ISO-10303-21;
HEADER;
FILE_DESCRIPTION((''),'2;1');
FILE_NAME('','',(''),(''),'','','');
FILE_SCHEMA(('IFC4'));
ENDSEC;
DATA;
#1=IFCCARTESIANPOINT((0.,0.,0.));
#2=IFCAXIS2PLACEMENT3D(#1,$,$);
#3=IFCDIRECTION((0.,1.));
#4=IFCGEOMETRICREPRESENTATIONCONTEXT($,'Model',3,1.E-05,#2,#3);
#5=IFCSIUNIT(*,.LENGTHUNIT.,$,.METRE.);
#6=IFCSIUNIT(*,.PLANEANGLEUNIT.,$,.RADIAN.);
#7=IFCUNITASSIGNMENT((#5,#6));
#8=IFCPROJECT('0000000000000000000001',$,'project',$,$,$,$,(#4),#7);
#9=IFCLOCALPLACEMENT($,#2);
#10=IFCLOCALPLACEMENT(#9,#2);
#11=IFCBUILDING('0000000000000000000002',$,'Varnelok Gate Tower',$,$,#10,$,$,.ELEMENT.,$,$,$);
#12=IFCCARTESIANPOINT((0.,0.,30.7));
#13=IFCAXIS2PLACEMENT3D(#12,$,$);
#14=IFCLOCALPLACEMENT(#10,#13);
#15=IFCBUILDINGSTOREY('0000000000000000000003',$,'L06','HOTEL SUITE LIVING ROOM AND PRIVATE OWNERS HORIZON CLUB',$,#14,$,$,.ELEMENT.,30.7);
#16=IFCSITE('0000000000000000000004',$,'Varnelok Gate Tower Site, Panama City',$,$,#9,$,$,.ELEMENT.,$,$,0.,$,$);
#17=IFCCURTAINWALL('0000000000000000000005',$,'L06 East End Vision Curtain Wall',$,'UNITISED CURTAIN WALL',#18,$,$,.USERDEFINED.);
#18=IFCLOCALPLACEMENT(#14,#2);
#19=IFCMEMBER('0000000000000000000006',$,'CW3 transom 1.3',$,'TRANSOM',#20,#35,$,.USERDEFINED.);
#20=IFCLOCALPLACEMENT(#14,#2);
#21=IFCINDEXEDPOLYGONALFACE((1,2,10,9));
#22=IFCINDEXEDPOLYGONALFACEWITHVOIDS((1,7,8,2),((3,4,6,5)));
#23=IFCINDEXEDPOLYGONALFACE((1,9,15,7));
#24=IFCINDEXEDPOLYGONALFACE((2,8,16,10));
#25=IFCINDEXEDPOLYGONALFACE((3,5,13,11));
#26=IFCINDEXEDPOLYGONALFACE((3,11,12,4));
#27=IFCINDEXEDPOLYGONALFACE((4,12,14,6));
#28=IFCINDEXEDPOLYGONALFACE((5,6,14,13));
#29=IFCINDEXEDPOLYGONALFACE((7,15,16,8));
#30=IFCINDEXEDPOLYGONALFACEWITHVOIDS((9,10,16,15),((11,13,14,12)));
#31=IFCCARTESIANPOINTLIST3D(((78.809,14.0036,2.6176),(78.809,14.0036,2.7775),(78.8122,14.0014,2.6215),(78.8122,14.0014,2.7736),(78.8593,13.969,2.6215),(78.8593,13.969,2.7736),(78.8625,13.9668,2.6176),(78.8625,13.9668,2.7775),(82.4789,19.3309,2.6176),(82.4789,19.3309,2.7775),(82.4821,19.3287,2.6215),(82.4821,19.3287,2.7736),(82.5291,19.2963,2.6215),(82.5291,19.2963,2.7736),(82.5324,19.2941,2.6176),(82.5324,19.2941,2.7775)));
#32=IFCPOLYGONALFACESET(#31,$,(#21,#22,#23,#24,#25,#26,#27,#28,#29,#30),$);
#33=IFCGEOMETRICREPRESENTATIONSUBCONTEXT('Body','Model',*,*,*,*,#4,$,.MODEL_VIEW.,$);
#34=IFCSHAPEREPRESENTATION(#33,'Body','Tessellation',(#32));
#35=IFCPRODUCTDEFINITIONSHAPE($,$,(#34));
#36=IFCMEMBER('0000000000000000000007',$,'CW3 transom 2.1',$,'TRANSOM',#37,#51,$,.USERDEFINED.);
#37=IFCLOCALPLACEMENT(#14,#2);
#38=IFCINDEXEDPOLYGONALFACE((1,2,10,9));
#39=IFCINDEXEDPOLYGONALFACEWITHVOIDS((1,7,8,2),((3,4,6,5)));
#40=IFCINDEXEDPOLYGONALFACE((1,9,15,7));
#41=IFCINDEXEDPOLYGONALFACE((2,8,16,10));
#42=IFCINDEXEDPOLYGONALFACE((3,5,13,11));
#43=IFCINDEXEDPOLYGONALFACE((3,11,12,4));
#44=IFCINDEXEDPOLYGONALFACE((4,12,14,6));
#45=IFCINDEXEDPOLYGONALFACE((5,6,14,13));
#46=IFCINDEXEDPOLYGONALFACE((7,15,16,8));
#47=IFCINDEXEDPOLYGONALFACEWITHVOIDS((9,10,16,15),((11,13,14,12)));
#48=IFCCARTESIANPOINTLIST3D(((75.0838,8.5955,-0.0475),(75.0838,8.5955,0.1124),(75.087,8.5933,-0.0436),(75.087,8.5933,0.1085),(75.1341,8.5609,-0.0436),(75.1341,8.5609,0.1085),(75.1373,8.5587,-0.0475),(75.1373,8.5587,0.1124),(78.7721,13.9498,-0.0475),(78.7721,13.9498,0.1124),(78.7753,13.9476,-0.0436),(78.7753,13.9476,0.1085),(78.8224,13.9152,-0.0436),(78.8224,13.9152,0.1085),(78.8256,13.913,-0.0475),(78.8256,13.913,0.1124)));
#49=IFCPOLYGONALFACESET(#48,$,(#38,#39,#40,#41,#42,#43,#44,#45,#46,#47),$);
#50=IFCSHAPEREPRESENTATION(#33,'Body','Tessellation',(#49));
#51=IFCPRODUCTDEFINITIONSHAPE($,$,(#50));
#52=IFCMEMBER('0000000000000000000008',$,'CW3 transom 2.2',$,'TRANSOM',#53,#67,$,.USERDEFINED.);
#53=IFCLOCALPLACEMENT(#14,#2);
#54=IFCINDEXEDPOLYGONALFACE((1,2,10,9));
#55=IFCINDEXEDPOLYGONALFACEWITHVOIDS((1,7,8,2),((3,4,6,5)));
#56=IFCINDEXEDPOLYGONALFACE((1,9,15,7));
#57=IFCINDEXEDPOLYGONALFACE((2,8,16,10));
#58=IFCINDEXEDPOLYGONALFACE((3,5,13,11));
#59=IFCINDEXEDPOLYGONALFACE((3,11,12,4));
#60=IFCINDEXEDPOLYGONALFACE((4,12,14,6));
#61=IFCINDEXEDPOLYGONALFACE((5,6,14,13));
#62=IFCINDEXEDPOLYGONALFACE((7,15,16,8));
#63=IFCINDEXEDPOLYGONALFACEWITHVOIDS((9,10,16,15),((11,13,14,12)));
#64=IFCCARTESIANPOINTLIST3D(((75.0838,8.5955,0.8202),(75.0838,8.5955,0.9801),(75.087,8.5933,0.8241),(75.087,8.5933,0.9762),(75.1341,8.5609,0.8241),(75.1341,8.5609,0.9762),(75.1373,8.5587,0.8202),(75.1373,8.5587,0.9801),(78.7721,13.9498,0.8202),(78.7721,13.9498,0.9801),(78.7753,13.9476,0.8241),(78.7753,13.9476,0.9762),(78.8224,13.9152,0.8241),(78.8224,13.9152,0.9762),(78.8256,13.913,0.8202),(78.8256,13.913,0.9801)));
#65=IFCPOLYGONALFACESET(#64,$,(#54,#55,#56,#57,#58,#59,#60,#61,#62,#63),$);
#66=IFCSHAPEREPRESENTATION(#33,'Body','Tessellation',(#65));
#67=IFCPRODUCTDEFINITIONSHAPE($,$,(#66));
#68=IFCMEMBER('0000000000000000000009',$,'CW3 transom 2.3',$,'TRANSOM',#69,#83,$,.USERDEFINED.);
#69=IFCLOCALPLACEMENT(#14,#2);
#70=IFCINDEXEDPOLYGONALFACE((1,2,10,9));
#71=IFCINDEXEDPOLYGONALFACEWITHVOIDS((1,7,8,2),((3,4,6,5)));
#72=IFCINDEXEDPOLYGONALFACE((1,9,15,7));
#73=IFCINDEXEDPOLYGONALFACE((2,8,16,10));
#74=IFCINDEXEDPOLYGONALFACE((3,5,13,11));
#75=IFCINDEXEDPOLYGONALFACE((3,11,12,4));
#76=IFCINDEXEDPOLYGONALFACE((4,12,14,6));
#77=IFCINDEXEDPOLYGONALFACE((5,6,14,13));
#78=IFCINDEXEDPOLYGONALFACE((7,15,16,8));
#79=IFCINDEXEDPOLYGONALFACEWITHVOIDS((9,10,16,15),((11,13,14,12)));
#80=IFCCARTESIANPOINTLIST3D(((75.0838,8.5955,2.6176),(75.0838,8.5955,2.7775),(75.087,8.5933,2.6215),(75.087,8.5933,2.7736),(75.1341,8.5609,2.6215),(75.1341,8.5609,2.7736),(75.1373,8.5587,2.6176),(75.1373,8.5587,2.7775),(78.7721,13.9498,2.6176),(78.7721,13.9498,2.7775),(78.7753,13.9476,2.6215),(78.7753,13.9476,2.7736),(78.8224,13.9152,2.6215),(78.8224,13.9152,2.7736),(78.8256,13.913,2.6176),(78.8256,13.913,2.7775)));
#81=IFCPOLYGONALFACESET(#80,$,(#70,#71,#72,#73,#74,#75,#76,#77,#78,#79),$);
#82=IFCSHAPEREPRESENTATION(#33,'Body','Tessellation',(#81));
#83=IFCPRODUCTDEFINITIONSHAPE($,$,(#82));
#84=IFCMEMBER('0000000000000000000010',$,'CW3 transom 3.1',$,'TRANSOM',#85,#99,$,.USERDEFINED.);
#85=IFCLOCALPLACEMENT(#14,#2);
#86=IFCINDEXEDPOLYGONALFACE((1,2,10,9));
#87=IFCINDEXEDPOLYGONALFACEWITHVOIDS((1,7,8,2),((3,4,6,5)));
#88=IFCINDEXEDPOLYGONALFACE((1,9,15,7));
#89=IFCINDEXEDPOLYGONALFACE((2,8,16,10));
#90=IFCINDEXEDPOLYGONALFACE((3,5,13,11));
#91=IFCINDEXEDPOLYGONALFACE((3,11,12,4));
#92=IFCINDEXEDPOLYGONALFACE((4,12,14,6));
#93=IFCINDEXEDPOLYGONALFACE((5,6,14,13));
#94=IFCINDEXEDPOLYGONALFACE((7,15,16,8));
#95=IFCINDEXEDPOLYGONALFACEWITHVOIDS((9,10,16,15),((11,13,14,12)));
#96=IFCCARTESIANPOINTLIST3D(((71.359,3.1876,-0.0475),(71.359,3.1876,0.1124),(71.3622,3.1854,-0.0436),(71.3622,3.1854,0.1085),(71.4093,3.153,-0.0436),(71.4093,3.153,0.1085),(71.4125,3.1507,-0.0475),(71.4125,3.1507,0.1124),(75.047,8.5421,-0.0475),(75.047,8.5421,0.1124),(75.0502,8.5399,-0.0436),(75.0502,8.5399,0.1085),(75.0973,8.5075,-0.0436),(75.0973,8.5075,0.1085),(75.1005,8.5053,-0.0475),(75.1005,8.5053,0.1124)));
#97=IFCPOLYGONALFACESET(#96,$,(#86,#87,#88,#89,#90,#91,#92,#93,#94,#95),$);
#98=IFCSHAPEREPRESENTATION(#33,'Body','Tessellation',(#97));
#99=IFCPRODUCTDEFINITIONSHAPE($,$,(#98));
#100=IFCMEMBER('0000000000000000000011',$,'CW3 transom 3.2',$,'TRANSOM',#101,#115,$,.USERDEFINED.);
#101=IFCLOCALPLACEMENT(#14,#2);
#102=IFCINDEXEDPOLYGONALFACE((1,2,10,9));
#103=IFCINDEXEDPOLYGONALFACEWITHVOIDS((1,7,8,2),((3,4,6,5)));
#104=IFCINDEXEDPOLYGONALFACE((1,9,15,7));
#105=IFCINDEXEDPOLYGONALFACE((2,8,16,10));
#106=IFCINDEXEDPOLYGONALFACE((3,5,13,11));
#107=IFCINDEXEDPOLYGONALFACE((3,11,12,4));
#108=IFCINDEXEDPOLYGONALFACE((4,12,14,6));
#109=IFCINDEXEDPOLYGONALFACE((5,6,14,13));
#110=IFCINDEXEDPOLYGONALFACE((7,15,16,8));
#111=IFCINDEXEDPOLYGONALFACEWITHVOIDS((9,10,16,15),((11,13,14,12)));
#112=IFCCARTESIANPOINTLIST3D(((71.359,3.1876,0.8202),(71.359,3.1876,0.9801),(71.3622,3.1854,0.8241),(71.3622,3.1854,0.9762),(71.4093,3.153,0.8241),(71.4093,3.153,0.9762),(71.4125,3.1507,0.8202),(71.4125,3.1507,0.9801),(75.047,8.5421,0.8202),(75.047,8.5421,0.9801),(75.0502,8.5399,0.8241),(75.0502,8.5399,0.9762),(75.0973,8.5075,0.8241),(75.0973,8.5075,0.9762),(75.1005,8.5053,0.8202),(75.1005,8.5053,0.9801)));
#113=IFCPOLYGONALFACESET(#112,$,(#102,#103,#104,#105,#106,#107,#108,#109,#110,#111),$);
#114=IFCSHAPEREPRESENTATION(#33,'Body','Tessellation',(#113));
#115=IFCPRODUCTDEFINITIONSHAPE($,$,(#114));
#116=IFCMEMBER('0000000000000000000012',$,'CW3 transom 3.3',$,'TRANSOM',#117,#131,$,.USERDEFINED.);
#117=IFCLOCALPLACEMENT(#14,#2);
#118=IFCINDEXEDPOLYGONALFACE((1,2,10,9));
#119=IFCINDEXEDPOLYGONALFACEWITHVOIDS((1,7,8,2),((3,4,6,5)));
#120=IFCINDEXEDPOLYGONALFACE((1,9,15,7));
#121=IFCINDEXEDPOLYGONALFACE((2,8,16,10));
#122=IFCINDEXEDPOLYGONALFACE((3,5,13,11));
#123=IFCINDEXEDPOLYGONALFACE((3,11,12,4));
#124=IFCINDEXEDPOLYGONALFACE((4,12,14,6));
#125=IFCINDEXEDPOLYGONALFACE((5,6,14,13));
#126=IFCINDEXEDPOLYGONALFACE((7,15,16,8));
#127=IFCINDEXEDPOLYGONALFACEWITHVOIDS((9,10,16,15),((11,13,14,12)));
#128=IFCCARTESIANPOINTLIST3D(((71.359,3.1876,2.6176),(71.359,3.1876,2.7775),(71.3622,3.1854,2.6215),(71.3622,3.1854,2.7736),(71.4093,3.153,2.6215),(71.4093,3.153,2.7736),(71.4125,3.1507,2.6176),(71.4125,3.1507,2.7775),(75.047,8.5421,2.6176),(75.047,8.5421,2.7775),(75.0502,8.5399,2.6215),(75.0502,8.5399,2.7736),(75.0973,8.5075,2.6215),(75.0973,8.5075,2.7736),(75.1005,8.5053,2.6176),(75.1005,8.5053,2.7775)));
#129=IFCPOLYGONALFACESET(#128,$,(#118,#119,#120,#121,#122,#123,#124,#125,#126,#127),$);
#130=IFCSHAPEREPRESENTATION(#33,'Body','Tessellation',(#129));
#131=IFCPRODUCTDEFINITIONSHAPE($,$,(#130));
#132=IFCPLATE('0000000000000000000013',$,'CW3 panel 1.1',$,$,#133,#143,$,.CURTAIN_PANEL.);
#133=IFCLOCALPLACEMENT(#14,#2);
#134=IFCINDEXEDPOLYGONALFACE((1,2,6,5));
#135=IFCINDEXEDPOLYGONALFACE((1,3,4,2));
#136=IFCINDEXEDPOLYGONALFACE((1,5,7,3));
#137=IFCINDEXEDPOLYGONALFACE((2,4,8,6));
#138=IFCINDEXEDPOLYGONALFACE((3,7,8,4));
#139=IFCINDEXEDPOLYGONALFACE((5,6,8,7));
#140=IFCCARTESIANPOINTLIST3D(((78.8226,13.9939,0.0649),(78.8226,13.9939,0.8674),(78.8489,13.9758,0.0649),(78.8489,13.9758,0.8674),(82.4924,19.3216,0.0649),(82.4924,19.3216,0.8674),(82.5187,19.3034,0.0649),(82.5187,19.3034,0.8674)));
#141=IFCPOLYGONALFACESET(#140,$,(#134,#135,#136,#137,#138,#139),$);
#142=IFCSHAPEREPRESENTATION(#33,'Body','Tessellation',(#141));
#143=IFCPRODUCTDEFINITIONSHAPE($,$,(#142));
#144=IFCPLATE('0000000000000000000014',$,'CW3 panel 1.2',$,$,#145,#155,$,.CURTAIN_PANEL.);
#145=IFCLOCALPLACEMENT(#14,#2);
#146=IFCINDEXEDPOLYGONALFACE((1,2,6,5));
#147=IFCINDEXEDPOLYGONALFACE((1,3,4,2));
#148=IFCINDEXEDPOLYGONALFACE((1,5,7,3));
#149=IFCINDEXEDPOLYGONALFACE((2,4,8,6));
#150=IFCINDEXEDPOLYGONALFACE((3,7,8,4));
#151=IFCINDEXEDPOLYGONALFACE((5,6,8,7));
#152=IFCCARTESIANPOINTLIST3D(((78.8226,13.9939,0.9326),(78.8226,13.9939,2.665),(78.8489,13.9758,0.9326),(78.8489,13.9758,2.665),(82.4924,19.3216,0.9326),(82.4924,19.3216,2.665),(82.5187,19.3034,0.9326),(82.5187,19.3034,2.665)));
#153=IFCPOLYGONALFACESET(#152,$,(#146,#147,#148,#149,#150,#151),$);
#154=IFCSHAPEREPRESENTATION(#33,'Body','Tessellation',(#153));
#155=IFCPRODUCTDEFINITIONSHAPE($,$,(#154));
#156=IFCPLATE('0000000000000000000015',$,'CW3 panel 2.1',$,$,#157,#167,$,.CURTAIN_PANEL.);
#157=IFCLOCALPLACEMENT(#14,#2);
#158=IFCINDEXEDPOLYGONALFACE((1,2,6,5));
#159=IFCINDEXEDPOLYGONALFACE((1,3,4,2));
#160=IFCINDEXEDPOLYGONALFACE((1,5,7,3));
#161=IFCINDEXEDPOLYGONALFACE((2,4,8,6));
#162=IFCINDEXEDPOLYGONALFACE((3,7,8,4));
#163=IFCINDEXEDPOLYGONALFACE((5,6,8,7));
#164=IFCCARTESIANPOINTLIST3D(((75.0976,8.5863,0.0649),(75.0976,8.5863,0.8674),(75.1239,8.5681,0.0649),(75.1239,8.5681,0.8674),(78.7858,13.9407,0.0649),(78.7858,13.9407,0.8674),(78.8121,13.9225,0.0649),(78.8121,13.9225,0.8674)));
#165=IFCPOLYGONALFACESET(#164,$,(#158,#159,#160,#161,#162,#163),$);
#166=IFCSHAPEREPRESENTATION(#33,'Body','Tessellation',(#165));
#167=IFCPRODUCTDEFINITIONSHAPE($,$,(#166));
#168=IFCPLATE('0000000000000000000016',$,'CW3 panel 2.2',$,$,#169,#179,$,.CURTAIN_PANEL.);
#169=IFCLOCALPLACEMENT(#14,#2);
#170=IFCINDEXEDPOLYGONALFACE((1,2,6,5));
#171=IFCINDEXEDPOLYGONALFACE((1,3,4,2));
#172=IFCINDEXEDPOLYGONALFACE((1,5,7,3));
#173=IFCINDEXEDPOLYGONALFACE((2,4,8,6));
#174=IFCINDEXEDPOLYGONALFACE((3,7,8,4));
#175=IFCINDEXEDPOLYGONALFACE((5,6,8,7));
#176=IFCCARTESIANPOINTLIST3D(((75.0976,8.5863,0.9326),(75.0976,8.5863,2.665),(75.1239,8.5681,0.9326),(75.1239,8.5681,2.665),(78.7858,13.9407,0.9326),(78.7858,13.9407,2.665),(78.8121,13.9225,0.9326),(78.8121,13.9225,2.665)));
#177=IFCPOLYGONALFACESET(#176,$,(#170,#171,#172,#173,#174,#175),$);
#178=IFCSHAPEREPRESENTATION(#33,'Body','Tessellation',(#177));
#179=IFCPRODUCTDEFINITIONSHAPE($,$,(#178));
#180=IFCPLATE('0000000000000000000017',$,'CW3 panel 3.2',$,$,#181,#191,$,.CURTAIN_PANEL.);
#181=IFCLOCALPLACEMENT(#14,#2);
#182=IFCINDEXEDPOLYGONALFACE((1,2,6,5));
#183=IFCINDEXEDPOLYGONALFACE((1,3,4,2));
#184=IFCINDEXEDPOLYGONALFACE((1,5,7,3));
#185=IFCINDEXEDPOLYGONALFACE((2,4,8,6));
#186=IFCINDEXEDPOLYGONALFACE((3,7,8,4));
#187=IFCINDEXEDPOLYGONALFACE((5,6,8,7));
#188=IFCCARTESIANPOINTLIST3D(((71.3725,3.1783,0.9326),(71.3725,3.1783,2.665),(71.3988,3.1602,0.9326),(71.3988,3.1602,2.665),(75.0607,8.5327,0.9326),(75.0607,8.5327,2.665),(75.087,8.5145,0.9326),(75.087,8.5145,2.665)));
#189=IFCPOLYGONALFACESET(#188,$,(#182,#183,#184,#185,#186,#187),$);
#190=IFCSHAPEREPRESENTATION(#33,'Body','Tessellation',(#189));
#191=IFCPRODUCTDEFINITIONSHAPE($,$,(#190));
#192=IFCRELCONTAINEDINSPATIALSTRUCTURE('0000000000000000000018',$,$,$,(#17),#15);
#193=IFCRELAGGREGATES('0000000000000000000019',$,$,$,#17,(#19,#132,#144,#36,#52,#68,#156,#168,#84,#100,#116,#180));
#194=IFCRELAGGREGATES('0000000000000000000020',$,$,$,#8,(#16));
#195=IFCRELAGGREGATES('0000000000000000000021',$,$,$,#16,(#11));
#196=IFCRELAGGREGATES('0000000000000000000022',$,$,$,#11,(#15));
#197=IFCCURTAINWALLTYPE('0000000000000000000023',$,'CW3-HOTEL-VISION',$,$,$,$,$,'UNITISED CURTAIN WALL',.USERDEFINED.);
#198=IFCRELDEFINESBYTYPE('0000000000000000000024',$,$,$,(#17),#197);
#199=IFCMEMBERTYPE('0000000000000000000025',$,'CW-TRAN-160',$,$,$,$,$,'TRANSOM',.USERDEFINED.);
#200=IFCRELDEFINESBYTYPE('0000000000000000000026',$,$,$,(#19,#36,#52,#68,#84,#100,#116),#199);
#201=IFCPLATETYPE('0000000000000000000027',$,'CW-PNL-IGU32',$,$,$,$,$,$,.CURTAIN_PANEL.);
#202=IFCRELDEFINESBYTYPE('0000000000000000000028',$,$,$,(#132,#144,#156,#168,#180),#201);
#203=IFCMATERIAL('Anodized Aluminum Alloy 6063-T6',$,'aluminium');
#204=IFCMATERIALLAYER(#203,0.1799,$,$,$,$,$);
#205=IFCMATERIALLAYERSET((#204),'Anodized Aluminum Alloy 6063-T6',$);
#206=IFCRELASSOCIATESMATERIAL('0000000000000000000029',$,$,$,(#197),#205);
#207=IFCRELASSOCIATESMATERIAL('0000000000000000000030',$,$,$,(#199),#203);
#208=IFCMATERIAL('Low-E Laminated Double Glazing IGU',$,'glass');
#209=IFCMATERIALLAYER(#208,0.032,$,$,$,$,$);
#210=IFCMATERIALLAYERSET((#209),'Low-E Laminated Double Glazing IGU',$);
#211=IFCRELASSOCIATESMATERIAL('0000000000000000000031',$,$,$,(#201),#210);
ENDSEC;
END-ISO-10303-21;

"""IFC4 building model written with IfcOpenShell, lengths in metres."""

from ifc_helpers import new_model, si_unit, direction, frame, origin, origin_2d, place, context, subcontext, project, spatial, rectangle, hollow_rectangle, extrude, source, transform, mapped, material, layer, layer_set, material_profile, profile_set, type_object, element, aggregate, save


model = new_model("IFC4")

# Units and contexts
model_context = context("Model", 3, precision=1e-05, world=origin(), true_north=direction((0.0, 1.0)))
body_context = subcontext(model_context, "Body", "Model", "MODEL_VIEW")
ifc_project = project(units=[si_unit("LENGTHUNIT", "METRE"), si_unit("PLANEANGLEUNIT", "RADIAN")], contexts=[model_context])

# Site, building, storey
site_placement = place(None, origin())
site = spatial("IfcSite", under=ifc_project, at=site_placement, Name="Varnelok Gate Tower Site, Panama City", CompositionType="ELEMENT", RefElevation=0.0)
building_placement = place(site_placement, origin())
building = spatial("IfcBuilding", under=site, at=building_placement, Name="Varnelok Gate Tower", CompositionType="ELEMENT")
storey_placement = place(building_placement, frame((0.0, 0.0, 30.7)))
storey = spatial("IfcBuildingStorey", under=building, at=storey_placement, Name="L06", Description="HOTEL SUITE LIVING ROOM AND PRIVATE OWNERS HORIZON CLUB", CompositionType="ELEMENT", Elevation=30.7)

# Curtain wall, members, plates
ifc_material_1 = material(Name="Anodized Aluminum Alloy 6063-T6", Category="aluminium")
ifc_layer_1 = layer(ifc_material_1, 0.1799)
ifc_layer_set_1 = layer_set([ifc_layer_1], Name="Anodized Aluminum Alloy 6063-T6")
curtain_wall_type = type_object("IfcCurtainWallType", Name="CW3-HOTEL-VISION", ElementType="UNITISED CURTAIN WALL", PredefinedType="USERDEFINED", material=ifc_layer_set_1)
curtain_wall_placement = place(storey_placement, origin())
curtain_wall = element("IfcCurtainWall", 1, at=curtain_wall_placement, inside=storey, type_object=curtain_wall_type, Name="L06 East End Vision Curtain Wall", ObjectType="UNITISED CURTAIN WALL", PredefinedType="USERDEFINED")
ifc_material_profile_1 = material_profile(ifc_material_1, hollow_rectangle(XDim=0.0649, YDim=0.1599, WallThickness=0.0039, at=origin_2d()), Name="ALU160X65X4")
ifc_profile_set_1 = profile_set([ifc_material_profile_1], Name="Anodized Aluminum Alloy 6063-T6")
member_type_1 = type_object("IfcMemberType", Name="CW-TRAN-160", ElementType="TRANSOM", PredefinedType="USERDEFINED", material=ifc_profile_set_1)
member_1_placement = place(storey_placement, frame((82.5056, 19.3125, 2.6975), z_axis=(-0.567299, -0.823512, 0.0), x_axis=(0.823512, -0.567299, 0.0)))
member_1 = element("IfcMember", 2, at=member_1_placement, type_object=member_type_1, Name="CW3 transom 1.3", ObjectType="TRANSOM", PredefinedType="USERDEFINED", context=body_context, shape_type="SweptSolid", body=[
    extrude(hollow_rectangle(XDim=0.0649, YDim=0.1599, WallThickness=0.0039, at=origin_2d()), origin(), (0.0, 0.0, 1.0), 6.469),
])
member_2_placement = place(storey_placement, frame((78.7988, 13.9314, 0.0325), z_axis=(-0.567279, -0.823526, 0.0), x_axis=(0.823526, -0.567279, 0.0)))
member_2 = element("IfcMember", 3, at=member_2_placement, type_object=member_type_1, Name="CW3 transom 2.1", ObjectType="TRANSOM", PredefinedType="USERDEFINED", context=body_context, shape_type="SweptSolid", body=[
    extrude(hollow_rectangle(XDim=0.0649, YDim=0.1599, WallThickness=0.0039, at=origin_2d()), origin(), (0.0, 0.0, 1.0), 6.5017),
])
member_3_placement = place(storey_placement, frame((78.7988, 13.9314, 0.9001), z_axis=(-0.567279, -0.823526, 0.0), x_axis=(0.823526, -0.567279, 0.0)))
member_3 = element("IfcMember", 4, at=member_3_placement, type_object=member_type_1, Name="CW3 transom 2.2", ObjectType="TRANSOM", PredefinedType="USERDEFINED", context=body_context, shape_type="SweptSolid", body=[
    extrude(hollow_rectangle(XDim=0.0649, YDim=0.1599, WallThickness=0.0039, at=origin_2d()), origin(), (0.0, 0.0, 1.0), 6.5017),
])
member_4_placement = place(storey_placement, frame((78.7988, 13.9314, 2.6975), z_axis=(-0.567279, -0.823526, 0.0), x_axis=(0.823526, -0.567279, 0.0)))
member_4 = element("IfcMember", 5, at=member_4_placement, type_object=member_type_1, Name="CW3 transom 2.3", ObjectType="TRANSOM", PredefinedType="USERDEFINED", context=body_context, shape_type="SweptSolid", body=[
    extrude(hollow_rectangle(XDim=0.0649, YDim=0.1599, WallThickness=0.0039, at=origin_2d()), origin(), (0.0, 0.0, 1.0), 6.5017),
])
member_5_placement = place(storey_placement, frame((75.0737, 8.5237, 0.0325), z_axis=(-0.567236, -0.823555, 0.0), x_axis=(0.823555, -0.567236, 0.0)))
member_5 = element("IfcMember", 6, at=member_5_placement, type_object=member_type_1, Name="CW3 transom 3.1", ObjectType="TRANSOM", PredefinedType="USERDEFINED", context=body_context, shape_type="SweptSolid", body=[
    extrude(hollow_rectangle(XDim=0.0649, YDim=0.1599, WallThickness=0.0039, at=origin_2d()), origin(), (0.0, 0.0, 1.0), 6.5017),
])
member_6_placement = place(storey_placement, frame((75.0737, 8.5237, 0.9001), z_axis=(-0.567236, -0.823555, 0.0), x_axis=(0.823555, -0.567236, 0.0)))
member_6 = element("IfcMember", 7, at=member_6_placement, type_object=member_type_1, Name="CW3 transom 3.2", ObjectType="TRANSOM", PredefinedType="USERDEFINED", context=body_context, shape_type="SweptSolid", body=[
    extrude(hollow_rectangle(XDim=0.0649, YDim=0.1599, WallThickness=0.0039, at=origin_2d()), origin(), (0.0, 0.0, 1.0), 6.5017),
])
member_7_placement = place(storey_placement, frame((75.0737, 8.5237, 2.6975), z_axis=(-0.567236, -0.823555, 0.0), x_axis=(0.823555, -0.567236, 0.0)))
member_7 = element("IfcMember", 8, at=member_7_placement, type_object=member_type_1, Name="CW3 transom 3.3", ObjectType="TRANSOM", PredefinedType="USERDEFINED", context=body_context, shape_type="SweptSolid", body=[
    extrude(hollow_rectangle(XDim=0.0649, YDim=0.1599, WallThickness=0.0039, at=origin_2d()), origin(), (0.0, 0.0, 1.0), 6.5017),
])
ifc_material_2 = material(Name="Low-E Laminated Double Glazing IGU", Category="glass")
ifc_layer_2 = layer(ifc_material_2, 0.032)
ifc_layer_set_2 = layer_set([ifc_layer_2], Name="Low-E Laminated Double Glazing IGU")
plate_type = type_object("IfcPlateType", Name="CW-PNL-IGU32", PredefinedType="CURTAIN_PANEL", material=ifc_layer_set_2)
shared_shape_1 = source(origin(), body_context, "Body", "SweptSolid", [
    extrude(rectangle(XDim=6.4692, YDim=0.032, at=origin_2d()), origin(), (0.0, 0.0, 1.0), 0.8025),
])
plate_1_placement = place(storey_placement, frame((80.6707, 16.6487, 0.0649), z_axis=(0.0, 0.0, 1.0), x_axis=(-0.567269, -0.823533, 0.0)))
plate_1 = element("IfcPlate", 9, at=plate_1_placement, type_object=plate_type, Name="CW3 panel 1.1", PredefinedType="CURTAIN_PANEL", context=body_context, shape_type="MappedRepresentation", body=[
    mapped(shared_shape_1, transform((0.0, 0.0, 0.0), scale=1.0)),
])
shared_shape_2 = source(origin(), body_context, "Body", "SweptSolid", [
    extrude(rectangle(XDim=6.4692, YDim=0.032, at=origin_2d()), origin(), (0.0, 0.0, 1.0), 1.7324),
])
plate_2_placement = place(storey_placement, frame((80.6707, 16.6487, 0.9326), z_axis=(0.0, 0.0, 1.0), x_axis=(-0.567269, -0.823533, 0.0)))
plate_2 = element("IfcPlate", 10, at=plate_2_placement, type_object=plate_type, Name="CW3 panel 1.2", PredefinedType="CURTAIN_PANEL", context=body_context, shape_type="MappedRepresentation", body=[
    mapped(shared_shape_2, transform((0.0, 0.0, 0.0), scale=1.0)),
])
shared_shape_3 = source(origin(), body_context, "Body", "SweptSolid", [
    extrude(rectangle(XDim=6.5017, YDim=0.032, at=origin_2d()), origin(), (0.0, 0.0, 1.0), 0.8025),
])
plate_3_placement = place(storey_placement, frame((76.9548, 11.2544, 0.0649), z_axis=(0.0, 0.0, 1.0), x_axis=(-0.567269, -0.823533, 0.0)))
plate_3 = element("IfcPlate", 11, at=plate_3_placement, type_object=plate_type, Name="CW3 panel 2.1", PredefinedType="CURTAIN_PANEL", context=body_context, shape_type="MappedRepresentation", body=[
    mapped(shared_shape_3, transform((0.0, 0.0, 0.0), scale=1.0)),
])
shared_shape_4 = source(origin(), body_context, "Body", "SweptSolid", [
    extrude(rectangle(XDim=6.5017, YDim=0.032, at=origin_2d()), origin(), (0.0, 0.0, 1.0), 1.7324),
])
plate_4_placement = place(storey_placement, frame((76.9548, 11.2544, 0.9326), z_axis=(0.0, 0.0, 1.0), x_axis=(-0.567269, -0.823533, 0.0)))
plate_4 = element("IfcPlate", 12, at=plate_4_placement, type_object=plate_type, Name="CW3 panel 2.2", PredefinedType="CURTAIN_PANEL", context=body_context, shape_type="MappedRepresentation", body=[
    mapped(shared_shape_4, transform((0.0, 0.0, 0.0), scale=1.0)),
])
plate_5_placement = place(storey_placement, frame((73.2297, 5.8464, 0.9326), z_axis=(0.0, 0.0, 1.0), x_axis=(-0.567269, -0.823533, 0.0)))
plate_5 = element("IfcPlate", 13, at=plate_5_placement, type_object=plate_type, Name="CW3 panel 3.2", PredefinedType="CURTAIN_PANEL", context=body_context, shape_type="MappedRepresentation", body=[
    mapped(shared_shape_4, transform((0.0, 0.0, 0.0), scale=1.0)),
])
aggregate(curtain_wall, [member_1, plate_1, plate_2, member_2, member_3, member_4, plate_3, plate_4, member_5, member_6, member_7, plate_5])

save(model, "model.ifc")
